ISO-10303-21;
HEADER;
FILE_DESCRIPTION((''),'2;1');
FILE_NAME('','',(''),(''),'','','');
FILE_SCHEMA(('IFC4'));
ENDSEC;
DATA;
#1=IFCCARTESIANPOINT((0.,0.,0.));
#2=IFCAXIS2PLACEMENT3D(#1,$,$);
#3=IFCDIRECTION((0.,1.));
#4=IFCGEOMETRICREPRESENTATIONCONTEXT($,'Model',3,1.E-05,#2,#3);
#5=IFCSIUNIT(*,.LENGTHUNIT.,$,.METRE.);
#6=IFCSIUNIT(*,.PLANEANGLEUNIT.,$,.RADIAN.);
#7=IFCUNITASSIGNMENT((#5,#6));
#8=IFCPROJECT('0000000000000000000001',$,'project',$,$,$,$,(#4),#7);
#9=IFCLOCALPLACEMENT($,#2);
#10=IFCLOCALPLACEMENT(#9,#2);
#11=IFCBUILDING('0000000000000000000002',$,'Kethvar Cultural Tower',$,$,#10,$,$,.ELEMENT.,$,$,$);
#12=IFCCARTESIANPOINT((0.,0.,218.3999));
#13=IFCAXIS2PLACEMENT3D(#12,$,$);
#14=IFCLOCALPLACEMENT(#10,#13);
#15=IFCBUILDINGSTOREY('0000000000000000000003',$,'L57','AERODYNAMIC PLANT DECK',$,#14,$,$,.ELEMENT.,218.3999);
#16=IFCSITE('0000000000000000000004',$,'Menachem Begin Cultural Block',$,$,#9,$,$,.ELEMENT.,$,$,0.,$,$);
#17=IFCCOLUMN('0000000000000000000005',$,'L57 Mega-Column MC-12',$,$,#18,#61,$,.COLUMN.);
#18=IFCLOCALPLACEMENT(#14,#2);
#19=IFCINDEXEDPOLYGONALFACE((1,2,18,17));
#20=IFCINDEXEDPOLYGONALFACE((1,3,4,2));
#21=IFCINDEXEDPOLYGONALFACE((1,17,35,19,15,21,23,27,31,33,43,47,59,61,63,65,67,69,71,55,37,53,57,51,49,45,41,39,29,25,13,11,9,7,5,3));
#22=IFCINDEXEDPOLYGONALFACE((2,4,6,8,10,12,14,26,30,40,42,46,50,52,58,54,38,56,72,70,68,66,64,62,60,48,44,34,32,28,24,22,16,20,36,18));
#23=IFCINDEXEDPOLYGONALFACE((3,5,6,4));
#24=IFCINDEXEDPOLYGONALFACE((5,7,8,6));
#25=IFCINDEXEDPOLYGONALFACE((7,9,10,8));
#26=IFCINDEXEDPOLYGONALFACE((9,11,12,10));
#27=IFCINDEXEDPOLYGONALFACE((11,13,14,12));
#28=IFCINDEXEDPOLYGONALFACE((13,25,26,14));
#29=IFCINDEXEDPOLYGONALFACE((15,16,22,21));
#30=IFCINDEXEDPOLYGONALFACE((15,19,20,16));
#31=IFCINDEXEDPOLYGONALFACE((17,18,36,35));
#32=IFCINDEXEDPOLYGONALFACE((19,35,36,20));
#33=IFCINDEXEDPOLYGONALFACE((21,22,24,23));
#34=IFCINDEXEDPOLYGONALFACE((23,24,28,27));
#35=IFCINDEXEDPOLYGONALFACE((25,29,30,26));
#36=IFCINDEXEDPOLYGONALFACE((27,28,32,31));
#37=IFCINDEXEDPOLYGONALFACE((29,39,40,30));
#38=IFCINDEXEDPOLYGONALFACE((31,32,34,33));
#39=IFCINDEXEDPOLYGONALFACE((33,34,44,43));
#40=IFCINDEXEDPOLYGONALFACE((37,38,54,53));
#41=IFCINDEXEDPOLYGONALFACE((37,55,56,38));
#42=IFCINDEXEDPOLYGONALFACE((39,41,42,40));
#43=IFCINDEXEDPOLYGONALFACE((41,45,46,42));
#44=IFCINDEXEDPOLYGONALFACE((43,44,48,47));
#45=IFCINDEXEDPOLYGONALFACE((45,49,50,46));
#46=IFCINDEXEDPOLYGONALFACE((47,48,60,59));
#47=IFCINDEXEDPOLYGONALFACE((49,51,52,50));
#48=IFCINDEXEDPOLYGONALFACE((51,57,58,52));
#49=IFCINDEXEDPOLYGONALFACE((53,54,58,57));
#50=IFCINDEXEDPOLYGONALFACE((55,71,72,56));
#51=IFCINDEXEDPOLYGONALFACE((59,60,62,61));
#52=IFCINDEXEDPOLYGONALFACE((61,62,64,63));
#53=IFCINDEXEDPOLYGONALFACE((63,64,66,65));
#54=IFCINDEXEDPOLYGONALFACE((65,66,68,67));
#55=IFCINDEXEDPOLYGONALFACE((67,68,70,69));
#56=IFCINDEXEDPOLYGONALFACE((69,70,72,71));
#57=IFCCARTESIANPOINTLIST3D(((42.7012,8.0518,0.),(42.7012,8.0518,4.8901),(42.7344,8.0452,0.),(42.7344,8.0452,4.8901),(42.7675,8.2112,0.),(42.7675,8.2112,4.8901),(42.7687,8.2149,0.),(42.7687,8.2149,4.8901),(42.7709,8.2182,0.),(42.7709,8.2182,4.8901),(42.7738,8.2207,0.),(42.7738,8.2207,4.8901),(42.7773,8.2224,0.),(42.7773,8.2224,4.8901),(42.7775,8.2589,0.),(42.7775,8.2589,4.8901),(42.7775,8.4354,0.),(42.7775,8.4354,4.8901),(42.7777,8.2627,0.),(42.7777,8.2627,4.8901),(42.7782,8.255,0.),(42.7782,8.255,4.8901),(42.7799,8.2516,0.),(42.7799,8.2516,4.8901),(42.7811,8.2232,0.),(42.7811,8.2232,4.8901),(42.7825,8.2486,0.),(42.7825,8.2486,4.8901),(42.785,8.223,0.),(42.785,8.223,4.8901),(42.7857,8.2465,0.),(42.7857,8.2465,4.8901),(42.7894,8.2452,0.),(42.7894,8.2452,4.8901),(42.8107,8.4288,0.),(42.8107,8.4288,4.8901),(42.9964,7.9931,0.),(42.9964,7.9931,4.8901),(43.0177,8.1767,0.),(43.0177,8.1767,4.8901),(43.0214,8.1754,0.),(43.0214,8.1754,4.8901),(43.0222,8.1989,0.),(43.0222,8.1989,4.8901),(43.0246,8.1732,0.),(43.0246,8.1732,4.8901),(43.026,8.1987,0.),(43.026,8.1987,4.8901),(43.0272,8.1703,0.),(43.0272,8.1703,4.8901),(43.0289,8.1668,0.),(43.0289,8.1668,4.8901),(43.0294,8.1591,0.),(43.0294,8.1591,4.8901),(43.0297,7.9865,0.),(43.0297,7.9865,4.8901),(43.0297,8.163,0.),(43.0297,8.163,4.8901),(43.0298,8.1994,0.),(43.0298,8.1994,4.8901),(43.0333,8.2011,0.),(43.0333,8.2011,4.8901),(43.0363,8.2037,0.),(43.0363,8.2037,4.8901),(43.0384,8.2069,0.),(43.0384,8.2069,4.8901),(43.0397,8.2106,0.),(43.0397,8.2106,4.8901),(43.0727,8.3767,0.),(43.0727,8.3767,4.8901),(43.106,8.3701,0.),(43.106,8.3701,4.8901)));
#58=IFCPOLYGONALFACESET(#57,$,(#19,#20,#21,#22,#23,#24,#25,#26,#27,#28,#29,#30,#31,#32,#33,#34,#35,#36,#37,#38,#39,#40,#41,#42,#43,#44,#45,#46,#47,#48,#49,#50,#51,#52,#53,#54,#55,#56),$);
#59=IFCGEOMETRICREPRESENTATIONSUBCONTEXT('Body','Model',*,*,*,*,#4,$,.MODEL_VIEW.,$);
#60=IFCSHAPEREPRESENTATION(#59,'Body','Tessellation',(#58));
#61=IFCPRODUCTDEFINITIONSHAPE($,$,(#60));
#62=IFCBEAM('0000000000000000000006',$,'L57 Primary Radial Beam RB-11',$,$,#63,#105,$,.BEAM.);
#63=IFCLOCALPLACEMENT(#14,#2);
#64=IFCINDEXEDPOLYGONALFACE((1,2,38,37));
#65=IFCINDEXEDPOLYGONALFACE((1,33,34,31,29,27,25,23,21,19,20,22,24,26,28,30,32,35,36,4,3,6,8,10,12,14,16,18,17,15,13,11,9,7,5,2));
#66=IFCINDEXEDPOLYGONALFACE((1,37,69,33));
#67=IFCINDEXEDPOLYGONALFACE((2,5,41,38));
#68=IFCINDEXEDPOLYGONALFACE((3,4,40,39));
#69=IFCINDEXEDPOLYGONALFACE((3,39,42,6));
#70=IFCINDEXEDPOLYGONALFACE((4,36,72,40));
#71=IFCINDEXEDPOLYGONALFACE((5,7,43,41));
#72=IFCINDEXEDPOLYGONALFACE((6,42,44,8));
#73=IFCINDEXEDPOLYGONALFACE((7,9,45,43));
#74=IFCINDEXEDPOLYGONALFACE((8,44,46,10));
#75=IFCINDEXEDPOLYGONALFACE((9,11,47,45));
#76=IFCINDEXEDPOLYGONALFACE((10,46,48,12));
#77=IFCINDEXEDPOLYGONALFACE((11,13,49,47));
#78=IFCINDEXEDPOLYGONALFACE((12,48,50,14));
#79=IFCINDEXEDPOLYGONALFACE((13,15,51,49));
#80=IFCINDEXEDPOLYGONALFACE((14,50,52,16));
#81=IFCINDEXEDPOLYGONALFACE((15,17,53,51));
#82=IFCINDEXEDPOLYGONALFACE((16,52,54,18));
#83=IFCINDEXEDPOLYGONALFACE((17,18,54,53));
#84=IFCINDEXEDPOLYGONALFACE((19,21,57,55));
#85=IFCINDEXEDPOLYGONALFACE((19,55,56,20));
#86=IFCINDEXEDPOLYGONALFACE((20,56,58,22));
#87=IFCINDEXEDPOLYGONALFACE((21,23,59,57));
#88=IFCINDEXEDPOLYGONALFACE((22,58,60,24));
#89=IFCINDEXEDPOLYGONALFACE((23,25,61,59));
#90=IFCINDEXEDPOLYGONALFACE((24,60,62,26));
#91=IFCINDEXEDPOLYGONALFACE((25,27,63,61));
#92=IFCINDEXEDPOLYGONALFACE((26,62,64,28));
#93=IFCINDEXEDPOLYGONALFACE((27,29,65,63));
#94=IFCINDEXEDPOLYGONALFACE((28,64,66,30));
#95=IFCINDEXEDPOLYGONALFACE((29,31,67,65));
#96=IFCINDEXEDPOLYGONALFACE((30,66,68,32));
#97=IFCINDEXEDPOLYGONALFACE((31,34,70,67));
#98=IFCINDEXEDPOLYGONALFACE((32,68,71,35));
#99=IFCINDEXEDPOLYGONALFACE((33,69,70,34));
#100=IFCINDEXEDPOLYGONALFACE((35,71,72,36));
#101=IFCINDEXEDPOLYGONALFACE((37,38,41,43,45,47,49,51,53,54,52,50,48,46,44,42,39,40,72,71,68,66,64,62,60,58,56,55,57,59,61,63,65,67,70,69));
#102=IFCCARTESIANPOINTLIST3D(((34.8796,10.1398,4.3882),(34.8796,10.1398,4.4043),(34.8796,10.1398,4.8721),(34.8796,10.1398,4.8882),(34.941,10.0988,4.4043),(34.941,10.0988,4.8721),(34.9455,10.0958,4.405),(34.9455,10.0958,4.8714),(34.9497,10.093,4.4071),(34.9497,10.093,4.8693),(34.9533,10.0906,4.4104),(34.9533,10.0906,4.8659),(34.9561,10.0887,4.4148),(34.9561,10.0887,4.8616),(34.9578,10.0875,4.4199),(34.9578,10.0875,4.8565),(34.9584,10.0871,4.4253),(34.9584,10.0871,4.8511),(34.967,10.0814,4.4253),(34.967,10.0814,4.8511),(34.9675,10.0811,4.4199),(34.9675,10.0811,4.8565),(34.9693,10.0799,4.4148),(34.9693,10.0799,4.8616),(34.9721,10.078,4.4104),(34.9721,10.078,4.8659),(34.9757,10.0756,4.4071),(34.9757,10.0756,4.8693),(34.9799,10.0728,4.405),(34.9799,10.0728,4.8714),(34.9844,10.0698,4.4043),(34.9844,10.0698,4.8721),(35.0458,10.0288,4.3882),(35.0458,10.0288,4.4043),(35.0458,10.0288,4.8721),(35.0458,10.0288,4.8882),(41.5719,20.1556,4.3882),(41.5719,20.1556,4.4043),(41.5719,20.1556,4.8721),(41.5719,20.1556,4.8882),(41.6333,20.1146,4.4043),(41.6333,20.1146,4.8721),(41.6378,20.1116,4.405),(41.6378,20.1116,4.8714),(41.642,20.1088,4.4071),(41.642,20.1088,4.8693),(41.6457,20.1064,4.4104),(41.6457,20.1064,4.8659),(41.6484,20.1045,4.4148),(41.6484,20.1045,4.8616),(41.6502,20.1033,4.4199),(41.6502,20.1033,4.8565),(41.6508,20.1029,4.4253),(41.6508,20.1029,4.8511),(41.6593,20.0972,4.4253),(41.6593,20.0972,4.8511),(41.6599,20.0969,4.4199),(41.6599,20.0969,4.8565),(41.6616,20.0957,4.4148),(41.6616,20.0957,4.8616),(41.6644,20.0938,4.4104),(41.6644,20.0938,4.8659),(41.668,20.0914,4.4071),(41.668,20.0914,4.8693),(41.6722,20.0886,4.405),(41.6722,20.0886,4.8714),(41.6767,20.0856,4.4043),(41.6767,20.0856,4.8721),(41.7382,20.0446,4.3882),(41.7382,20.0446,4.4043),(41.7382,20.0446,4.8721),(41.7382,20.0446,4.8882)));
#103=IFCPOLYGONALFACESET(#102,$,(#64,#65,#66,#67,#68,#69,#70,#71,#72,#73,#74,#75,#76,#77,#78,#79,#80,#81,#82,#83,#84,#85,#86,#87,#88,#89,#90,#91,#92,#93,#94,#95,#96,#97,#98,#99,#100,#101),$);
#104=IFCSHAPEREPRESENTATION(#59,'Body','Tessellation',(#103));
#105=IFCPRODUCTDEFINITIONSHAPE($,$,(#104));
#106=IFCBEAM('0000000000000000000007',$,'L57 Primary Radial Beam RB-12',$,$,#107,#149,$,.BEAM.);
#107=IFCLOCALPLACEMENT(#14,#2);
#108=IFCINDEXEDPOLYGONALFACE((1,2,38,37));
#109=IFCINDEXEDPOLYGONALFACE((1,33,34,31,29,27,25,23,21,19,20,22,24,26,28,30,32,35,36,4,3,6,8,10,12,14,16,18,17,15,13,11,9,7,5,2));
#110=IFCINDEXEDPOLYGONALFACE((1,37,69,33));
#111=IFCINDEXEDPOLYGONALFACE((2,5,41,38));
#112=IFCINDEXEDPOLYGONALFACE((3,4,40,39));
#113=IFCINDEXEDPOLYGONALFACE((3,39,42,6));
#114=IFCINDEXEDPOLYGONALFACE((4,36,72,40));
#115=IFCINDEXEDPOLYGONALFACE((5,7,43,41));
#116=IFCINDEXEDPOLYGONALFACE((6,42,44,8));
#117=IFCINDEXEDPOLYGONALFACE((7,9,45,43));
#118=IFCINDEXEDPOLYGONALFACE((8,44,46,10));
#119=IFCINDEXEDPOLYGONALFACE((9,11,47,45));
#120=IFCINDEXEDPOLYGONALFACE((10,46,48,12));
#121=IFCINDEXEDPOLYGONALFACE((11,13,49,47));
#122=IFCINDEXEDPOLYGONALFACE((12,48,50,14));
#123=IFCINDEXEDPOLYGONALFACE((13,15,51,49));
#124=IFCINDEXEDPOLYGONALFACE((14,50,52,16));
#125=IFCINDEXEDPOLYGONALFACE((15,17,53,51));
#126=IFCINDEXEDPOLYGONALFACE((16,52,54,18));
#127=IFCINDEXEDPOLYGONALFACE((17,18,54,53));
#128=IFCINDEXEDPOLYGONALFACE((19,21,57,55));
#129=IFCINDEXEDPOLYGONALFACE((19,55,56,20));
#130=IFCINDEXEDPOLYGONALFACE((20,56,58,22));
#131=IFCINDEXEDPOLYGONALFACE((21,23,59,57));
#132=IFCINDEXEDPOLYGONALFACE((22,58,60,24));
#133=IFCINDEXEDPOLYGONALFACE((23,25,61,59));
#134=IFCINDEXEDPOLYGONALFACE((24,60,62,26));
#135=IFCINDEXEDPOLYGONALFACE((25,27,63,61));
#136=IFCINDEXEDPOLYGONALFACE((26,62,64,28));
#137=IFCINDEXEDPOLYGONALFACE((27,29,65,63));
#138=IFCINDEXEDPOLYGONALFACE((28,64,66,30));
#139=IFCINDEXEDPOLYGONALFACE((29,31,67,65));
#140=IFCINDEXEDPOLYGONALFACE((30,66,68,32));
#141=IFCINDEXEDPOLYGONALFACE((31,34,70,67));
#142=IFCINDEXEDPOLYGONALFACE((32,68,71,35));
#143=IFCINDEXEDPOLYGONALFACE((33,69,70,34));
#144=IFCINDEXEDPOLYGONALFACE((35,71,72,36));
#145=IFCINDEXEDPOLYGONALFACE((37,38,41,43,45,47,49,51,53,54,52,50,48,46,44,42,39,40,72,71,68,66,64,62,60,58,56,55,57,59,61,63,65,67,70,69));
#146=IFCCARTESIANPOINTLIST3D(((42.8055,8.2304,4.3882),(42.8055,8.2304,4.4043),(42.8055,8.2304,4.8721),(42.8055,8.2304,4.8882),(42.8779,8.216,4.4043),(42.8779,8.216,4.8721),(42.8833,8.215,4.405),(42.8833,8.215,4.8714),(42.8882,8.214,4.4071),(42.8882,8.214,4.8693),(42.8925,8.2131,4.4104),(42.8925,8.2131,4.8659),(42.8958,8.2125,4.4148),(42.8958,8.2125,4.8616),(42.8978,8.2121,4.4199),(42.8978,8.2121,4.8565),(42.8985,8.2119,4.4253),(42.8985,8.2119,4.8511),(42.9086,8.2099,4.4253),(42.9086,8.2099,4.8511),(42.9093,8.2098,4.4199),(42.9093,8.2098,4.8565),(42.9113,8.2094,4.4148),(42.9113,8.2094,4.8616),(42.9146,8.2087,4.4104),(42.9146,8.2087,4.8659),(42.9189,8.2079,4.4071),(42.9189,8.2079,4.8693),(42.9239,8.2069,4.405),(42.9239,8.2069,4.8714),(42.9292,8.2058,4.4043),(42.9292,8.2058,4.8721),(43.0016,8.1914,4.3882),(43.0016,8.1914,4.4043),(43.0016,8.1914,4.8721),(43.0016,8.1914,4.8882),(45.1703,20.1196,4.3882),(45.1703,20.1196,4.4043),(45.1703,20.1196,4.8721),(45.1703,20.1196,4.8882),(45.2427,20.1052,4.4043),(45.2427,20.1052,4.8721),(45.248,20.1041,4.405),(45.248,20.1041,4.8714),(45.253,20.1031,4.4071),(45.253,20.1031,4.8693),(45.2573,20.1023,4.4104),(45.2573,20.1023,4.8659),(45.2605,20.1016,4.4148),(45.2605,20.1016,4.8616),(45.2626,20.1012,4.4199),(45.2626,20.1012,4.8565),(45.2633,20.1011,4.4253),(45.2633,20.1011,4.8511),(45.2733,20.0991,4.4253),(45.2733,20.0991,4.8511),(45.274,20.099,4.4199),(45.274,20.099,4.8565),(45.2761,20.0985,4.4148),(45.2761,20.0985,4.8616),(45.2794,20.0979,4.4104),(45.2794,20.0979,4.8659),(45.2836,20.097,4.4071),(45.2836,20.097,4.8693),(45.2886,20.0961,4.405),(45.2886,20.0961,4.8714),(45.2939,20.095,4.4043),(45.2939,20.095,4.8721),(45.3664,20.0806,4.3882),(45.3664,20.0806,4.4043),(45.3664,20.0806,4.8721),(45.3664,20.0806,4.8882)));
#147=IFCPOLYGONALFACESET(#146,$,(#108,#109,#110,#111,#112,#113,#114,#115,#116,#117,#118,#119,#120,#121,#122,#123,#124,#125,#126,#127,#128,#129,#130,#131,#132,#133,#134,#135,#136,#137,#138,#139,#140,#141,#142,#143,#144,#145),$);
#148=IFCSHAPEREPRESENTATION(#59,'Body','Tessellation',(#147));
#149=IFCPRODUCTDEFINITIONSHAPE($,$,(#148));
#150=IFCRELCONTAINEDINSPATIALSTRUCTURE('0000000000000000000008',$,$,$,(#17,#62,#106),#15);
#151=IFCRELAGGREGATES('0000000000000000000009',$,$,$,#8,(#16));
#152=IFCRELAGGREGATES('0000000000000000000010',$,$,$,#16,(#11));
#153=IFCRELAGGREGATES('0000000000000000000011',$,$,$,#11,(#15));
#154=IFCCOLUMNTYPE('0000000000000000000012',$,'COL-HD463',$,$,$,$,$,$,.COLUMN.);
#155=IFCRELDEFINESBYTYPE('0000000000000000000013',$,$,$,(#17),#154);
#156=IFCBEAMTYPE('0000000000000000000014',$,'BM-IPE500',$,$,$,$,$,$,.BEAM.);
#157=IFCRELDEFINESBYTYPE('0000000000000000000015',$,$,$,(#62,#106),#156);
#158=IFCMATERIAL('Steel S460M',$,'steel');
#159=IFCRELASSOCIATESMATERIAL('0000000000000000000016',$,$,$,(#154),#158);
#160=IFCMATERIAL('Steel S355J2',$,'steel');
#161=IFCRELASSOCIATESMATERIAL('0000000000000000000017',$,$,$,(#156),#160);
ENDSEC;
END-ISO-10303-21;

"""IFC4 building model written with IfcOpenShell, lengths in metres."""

from ifc_helpers import new_model, si_unit, direction, frame, origin, origin_2d, place, context, subcontext, project, spatial, i_section, extrude, source, transform, mapped, material, material_profile, profile_set, type_object, element, save


model = new_model("IFC4")

# Units and contexts
model_context = context("Model", 3, precision=1e-05, world=origin(), true_north=direction((0.0, 1.0)))
body_context = subcontext(model_context, "Body", "Model", "MODEL_VIEW")
ifc_project = project(units=[si_unit("LENGTHUNIT", "METRE"), si_unit("PLANEANGLEUNIT", "RADIAN")], contexts=[model_context])

# Site, building, storey
site_placement = place(None, origin())
site = spatial("IfcSite", under=ifc_project, at=site_placement, Name="Menachem Begin Cultural Block", CompositionType="ELEMENT", RefElevation=0.0)
building_placement = place(site_placement, origin())
building = spatial("IfcBuilding", under=site, at=building_placement, Name="Kethvar Cultural Tower", CompositionType="ELEMENT")
storey_placement = place(building_placement, frame((0.0, 0.0, 218.3999)))
storey = spatial("IfcBuildingStorey", under=building, at=storey_placement, Name="L57", Description="AERODYNAMIC PLANT DECK", CompositionType="ELEMENT", Elevation=218.3999)

# Column
ifc_material_1 = material(Name="Steel S460M", Category="steel")
ifc_material_profile_1 = material_profile(ifc_material_1, i_section(OverallWidth=0.3911, OverallDepth=0.335, WebThickness=0.0227, FlangeThickness=0.0339, FilletRadius=0.0149, at=origin_2d()), Name="Steel S460M — HD400x463")
ifc_profile_set_1 = profile_set([ifc_material_profile_1], Name="Steel S460M — HD400x463")
column_type = type_object("IfcColumnType", Name="COL-HD463", PredefinedType="COLUMN", material=ifc_profile_set_1)
shared_shape_1 = source(origin(), body_context, "Body", "SweptSolid", [
    extrude(i_section(OverallWidth=0.3911, OverallDepth=0.335, WebThickness=0.0227, FlangeThickness=0.0339, FilletRadius=0.0149, at=origin_2d()), origin(), (0.0, 0.0, 1.0), 4.8901),
])
column_placement = place(storey_placement, frame((42.9036, 8.2109, 0.0), z_axis=(0.0, 0.0, 1.0), x_axis=(-0.19509, -0.980785, 0.0)))
element("IfcColumn", 1, at=column_placement, inside=storey, type_object=column_type, Name="L57 Mega-Column MC-12", PredefinedType="COLUMN", context=body_context, shape_type="MappedRepresentation", body=[
    mapped(shared_shape_1, transform((0.0, 0.0, 0.0), scale=1.0)),
])

# Beams
ifc_material_2 = material(Name="Steel S355J2", Category="steel")
ifc_material_profile_2 = material_profile(ifc_material_2, i_section(OverallWidth=0.2, OverallDepth=0.5, WebThickness=0.0103, FlangeThickness=0.0161, FilletRadius=0.021, at=origin_2d()), Name="Steel S355J2 — IPE500")
ifc_profile_set_2 = profile_set([ifc_material_profile_2], Name="Steel S355J2 — IPE500")
beam_type_1 = type_object("IfcBeamType", Name="BM-IPE500", PredefinedType="BEAM", material=ifc_profile_set_2)
shared_shape_2 = source(origin(), body_context, "Body", "SweptSolid", [
    extrude(i_section(OverallWidth=0.2, OverallDepth=0.5, WebThickness=0.0103, FlangeThickness=0.0161, FilletRadius=0.021, at=origin_2d()), origin(), (0.0, 0.0, 1.0), 12.0459),
])
beam_1_placement = place(storey_placement, frame((41.655, 20.1001, 4.6382), z_axis=(-0.55557, -0.83147, 0.0), x_axis=(0.83147, -0.55557, 0.0)))
element("IfcBeam", 2, at=beam_1_placement, inside=storey, type_object=beam_type_1, Name="L57 Primary Radial Beam RB-11", PredefinedType="BEAM", context=body_context, shape_type="MappedRepresentation", body=[
    mapped(shared_shape_2, transform((0.0, 0.0, 0.0), scale=1.0)),
])
shared_shape_3 = source(origin(), body_context, "Body", "SweptSolid", [
    extrude(i_section(OverallWidth=0.2, OverallDepth=0.5, WebThickness=0.0103, FlangeThickness=0.0161, FilletRadius=0.021, at=origin_2d()), origin(), (0.0, 0.0, 1.0), 12.1221),
])
beam_2_placement = place(storey_placement, frame((45.2683, 20.1001, 4.6382), z_axis=(-0.195078, -0.980788, 0.0), x_axis=(0.980788, -0.195078, 0.0)))
element("IfcBeam", 3, at=beam_2_placement, inside=storey, type_object=beam_type_1, Name="L57 Primary Radial Beam RB-12", PredefinedType="BEAM", context=body_context, shape_type="MappedRepresentation", body=[
    mapped(shared_shape_3, transform((0.0, 0.0, 0.0), scale=1.0)),
])

save(model, "model.ifc")
